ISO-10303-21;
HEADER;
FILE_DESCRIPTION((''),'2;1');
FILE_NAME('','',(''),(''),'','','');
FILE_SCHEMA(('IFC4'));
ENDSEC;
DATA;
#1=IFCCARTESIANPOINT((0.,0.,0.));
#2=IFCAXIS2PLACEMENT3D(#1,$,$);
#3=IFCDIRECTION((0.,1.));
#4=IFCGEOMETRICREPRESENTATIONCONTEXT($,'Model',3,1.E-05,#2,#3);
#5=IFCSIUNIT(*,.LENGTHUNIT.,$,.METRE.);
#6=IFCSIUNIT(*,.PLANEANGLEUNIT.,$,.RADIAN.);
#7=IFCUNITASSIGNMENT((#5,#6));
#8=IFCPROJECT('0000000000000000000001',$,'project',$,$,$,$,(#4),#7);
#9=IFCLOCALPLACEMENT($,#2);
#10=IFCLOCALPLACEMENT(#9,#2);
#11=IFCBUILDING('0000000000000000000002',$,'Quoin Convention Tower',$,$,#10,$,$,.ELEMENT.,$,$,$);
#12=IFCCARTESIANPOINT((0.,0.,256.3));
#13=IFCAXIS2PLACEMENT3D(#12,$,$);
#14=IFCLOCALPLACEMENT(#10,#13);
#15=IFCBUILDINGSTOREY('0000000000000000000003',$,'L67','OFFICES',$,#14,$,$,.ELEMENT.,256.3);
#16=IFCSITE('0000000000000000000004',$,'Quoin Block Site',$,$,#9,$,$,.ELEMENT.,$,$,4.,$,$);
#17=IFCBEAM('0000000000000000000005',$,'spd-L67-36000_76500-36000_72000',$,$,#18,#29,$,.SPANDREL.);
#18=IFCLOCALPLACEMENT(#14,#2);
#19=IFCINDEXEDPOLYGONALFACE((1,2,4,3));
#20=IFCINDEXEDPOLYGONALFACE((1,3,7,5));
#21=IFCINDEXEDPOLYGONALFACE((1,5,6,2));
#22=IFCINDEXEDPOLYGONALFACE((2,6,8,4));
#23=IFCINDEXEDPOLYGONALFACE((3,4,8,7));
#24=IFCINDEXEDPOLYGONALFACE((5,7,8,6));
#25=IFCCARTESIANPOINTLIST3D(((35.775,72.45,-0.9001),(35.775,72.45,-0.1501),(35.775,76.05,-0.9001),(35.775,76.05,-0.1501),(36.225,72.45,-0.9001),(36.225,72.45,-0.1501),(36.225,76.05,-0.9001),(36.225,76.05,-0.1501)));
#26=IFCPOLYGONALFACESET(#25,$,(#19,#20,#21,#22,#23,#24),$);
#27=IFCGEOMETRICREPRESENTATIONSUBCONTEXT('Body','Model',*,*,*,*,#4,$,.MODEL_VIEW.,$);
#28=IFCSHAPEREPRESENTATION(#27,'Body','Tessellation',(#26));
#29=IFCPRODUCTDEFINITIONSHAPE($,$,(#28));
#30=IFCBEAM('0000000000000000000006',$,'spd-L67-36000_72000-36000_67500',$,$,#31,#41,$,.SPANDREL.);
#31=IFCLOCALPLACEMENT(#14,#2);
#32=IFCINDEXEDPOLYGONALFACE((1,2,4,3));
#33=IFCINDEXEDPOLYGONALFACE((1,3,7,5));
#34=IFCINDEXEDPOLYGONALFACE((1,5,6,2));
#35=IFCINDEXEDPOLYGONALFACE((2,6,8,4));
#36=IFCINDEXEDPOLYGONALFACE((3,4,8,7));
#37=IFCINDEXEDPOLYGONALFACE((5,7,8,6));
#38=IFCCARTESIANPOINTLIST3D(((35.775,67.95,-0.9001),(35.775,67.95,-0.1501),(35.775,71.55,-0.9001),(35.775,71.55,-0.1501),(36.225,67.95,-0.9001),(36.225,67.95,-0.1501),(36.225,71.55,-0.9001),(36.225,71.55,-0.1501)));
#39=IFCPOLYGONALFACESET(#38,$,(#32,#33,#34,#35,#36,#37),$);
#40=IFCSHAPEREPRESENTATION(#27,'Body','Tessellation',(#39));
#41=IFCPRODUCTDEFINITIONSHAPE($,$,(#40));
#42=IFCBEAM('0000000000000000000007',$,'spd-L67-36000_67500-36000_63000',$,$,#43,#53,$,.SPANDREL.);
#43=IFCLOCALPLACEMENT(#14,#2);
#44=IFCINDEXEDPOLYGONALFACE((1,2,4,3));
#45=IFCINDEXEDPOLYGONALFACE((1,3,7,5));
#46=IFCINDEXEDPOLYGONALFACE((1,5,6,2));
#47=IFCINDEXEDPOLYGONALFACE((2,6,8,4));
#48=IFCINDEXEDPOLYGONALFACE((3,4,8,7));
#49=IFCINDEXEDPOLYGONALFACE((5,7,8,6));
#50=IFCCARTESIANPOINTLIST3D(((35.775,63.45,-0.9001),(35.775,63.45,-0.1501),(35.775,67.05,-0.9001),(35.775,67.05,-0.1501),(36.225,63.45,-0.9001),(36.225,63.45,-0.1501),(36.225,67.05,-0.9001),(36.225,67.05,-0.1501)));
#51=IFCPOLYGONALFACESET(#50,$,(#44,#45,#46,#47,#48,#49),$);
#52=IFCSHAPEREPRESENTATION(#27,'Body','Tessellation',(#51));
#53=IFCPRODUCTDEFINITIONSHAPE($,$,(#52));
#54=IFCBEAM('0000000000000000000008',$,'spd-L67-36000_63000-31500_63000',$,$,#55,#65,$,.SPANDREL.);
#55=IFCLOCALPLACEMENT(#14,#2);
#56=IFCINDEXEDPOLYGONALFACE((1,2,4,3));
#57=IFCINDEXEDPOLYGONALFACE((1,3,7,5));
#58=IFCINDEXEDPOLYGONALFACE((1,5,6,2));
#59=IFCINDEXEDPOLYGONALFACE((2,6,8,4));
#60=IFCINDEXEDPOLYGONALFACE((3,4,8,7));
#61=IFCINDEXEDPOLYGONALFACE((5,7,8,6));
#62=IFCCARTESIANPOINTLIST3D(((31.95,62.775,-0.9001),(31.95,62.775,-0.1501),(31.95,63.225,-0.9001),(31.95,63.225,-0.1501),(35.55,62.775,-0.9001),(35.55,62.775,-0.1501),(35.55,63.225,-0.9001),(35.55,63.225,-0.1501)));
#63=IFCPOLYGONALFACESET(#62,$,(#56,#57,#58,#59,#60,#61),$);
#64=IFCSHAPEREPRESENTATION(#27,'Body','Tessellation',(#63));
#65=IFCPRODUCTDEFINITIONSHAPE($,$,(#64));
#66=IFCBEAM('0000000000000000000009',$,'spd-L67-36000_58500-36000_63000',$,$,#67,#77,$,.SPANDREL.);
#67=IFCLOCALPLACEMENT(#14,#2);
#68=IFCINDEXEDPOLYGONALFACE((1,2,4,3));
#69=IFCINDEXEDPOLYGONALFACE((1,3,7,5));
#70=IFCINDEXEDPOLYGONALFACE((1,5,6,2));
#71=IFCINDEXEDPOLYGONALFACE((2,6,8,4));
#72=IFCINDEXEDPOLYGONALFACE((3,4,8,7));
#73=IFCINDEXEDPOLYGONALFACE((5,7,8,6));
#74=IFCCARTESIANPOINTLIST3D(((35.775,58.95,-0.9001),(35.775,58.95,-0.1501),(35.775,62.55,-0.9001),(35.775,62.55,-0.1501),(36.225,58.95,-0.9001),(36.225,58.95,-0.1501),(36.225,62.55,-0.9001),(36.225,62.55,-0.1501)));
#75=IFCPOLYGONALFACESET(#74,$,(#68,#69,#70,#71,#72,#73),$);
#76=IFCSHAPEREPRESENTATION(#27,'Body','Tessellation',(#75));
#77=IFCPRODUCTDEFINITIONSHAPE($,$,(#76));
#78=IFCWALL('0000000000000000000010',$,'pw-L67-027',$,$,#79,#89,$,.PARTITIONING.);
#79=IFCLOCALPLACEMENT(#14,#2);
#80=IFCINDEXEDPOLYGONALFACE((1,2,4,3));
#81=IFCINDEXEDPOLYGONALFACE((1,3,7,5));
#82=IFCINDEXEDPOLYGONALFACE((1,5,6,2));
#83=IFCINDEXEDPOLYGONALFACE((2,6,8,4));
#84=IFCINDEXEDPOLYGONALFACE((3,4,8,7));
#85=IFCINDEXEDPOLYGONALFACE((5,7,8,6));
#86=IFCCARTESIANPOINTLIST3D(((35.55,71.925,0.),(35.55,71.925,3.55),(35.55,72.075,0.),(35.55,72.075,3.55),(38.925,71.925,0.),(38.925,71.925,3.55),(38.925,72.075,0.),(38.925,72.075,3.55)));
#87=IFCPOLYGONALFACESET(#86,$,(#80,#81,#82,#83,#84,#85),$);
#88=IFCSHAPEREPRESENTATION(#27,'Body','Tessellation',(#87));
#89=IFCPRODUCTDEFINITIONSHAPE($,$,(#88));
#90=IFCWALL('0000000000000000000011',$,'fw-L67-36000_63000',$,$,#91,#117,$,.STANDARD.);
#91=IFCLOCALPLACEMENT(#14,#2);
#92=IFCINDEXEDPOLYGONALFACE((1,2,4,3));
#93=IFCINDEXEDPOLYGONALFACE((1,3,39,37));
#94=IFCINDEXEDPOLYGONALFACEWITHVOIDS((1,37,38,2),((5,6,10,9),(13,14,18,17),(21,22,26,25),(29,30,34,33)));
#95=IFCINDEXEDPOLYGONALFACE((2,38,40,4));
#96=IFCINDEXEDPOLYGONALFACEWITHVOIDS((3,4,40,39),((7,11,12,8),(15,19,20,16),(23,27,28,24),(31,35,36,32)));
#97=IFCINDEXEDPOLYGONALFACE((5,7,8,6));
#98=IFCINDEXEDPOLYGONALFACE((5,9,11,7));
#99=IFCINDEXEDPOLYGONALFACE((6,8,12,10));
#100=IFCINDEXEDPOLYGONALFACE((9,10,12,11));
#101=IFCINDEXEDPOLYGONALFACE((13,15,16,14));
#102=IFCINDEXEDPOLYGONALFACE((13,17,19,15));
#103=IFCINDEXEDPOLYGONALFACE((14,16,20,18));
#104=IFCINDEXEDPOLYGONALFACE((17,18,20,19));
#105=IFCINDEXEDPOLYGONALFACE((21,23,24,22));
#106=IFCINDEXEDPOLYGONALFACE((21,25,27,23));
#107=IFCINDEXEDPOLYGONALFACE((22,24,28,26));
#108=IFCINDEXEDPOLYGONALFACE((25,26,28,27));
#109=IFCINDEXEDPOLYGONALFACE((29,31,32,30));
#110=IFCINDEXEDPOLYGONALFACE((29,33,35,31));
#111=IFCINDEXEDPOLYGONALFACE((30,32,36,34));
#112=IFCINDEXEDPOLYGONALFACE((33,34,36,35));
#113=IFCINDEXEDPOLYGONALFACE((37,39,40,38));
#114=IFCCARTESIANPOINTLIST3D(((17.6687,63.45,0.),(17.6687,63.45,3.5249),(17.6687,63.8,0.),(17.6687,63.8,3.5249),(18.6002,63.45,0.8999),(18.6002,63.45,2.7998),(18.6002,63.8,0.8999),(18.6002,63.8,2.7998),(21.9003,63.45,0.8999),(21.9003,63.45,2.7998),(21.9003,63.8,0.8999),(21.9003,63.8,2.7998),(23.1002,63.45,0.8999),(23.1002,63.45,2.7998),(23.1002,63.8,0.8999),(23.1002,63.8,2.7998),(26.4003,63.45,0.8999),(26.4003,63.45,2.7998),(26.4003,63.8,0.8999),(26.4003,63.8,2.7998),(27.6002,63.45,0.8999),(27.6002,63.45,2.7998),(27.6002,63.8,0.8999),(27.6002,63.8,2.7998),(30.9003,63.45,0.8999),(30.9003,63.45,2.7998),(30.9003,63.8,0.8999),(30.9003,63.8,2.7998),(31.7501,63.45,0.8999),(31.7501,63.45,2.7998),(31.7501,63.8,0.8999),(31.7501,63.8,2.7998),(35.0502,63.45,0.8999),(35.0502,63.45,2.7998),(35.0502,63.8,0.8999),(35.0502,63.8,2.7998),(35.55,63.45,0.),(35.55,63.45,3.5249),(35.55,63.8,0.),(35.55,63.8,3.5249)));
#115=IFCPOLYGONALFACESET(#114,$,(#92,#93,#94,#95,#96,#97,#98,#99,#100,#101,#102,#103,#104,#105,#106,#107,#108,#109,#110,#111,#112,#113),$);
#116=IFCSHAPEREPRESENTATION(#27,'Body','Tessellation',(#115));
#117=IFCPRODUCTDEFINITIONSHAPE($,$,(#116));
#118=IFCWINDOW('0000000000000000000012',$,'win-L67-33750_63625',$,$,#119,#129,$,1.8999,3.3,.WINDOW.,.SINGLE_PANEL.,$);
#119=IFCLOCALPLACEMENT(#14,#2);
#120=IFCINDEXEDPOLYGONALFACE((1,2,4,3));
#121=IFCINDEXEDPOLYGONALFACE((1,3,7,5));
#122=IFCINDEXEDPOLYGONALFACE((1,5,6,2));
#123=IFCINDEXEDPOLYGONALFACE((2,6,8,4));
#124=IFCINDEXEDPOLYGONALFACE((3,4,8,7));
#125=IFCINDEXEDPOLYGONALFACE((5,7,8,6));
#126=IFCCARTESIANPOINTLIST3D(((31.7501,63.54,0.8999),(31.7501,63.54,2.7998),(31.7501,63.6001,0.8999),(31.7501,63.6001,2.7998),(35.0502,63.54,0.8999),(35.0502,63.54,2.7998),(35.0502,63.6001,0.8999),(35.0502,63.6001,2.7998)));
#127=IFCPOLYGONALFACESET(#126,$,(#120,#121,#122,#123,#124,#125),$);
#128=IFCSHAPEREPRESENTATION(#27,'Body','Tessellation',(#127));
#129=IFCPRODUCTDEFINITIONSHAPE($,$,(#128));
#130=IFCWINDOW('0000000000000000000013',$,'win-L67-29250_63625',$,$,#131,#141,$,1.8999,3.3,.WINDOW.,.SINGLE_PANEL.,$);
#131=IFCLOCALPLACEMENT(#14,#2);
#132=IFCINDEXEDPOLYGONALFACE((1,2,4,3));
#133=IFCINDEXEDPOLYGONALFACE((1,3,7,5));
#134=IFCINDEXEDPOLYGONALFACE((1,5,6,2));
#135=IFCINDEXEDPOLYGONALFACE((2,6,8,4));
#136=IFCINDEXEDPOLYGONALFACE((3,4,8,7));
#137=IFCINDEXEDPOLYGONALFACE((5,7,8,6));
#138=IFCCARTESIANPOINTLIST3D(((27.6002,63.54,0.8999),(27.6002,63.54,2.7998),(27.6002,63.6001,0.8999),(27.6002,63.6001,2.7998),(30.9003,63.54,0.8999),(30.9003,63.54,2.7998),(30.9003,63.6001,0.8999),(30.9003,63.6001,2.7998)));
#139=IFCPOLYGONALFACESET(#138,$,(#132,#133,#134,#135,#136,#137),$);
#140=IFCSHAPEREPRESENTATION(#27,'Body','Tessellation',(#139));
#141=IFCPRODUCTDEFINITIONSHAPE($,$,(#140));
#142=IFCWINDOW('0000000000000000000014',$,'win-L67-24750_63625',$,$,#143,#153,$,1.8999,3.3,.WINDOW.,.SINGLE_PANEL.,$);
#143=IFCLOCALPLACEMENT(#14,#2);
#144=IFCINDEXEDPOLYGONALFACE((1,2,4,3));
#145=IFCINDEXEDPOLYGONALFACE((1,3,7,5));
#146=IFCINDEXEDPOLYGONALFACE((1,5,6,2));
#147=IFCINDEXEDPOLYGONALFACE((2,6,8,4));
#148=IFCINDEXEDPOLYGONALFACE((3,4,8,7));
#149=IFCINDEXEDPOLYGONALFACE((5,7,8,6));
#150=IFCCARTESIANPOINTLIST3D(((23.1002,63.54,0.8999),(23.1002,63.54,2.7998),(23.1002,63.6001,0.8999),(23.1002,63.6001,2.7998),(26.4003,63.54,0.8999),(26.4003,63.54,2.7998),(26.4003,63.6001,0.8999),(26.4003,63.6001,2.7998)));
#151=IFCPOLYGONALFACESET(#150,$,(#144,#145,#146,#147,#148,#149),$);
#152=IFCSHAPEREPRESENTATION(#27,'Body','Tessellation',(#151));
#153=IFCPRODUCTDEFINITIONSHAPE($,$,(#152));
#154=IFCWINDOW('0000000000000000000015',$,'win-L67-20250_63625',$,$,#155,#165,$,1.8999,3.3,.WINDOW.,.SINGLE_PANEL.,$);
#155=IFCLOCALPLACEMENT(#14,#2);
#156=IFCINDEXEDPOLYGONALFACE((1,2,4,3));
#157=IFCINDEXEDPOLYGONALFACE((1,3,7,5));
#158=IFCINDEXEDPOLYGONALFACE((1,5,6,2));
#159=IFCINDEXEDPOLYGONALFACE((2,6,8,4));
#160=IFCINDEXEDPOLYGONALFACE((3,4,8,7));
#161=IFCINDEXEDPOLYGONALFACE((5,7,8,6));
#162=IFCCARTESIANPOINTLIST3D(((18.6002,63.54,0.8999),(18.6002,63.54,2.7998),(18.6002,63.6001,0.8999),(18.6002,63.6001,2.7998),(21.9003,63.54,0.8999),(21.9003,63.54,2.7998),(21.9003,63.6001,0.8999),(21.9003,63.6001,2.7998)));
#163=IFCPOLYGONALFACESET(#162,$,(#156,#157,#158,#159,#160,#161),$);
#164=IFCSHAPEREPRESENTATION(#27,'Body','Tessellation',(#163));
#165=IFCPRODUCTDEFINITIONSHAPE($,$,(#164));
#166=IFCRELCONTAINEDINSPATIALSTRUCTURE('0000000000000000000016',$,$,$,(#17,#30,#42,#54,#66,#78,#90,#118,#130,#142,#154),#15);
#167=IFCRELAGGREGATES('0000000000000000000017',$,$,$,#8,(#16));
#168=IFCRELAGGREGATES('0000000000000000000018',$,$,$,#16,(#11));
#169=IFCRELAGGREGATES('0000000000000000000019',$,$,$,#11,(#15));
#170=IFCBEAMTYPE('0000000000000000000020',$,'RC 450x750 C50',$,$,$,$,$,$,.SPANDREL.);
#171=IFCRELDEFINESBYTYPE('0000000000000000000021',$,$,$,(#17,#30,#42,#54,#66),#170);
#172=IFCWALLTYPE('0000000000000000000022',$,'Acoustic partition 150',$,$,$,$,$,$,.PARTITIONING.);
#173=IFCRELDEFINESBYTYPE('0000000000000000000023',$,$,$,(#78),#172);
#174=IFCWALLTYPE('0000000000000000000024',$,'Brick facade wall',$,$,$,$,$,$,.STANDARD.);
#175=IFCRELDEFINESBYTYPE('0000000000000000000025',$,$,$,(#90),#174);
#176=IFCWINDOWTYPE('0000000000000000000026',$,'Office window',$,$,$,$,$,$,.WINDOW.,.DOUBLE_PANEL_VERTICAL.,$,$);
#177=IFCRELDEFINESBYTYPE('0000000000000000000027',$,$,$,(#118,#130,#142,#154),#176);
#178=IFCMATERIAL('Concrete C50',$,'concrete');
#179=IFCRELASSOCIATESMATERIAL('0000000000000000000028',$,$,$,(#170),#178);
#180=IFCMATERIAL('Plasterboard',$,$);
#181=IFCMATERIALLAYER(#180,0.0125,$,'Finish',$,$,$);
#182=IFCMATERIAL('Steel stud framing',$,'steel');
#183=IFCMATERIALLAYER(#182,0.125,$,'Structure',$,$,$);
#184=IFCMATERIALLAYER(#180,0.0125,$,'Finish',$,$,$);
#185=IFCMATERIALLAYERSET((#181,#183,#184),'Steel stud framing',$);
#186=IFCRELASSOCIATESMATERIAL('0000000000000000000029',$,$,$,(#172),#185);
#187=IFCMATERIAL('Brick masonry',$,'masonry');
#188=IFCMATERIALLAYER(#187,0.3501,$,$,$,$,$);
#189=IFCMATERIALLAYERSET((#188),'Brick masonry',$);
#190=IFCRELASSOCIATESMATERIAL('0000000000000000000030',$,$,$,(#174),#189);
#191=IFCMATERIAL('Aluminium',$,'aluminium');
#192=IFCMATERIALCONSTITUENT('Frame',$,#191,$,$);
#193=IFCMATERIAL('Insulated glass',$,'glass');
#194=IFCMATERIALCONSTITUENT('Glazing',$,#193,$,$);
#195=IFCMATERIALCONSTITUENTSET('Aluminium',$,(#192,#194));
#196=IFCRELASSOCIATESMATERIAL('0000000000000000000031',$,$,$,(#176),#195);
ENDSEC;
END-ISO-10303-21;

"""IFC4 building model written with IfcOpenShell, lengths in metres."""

from ifc_helpers import new_model, si_unit, direction, frame, frame_2d, origin, origin_2d, place, context, subcontext, project, spatial, rectangle, extrude, material, layer, layer_set, constituent, constituent_set, material_profile, profile_set, type_object, element, fill, save


model = new_model("IFC4")

# Units and contexts
model_context = context("Model", 3, precision=1e-05, world=origin(), true_north=direction((0.0, 1.0)))
body_context = subcontext(model_context, "Body", "Model", "MODEL_VIEW")
ifc_project = project(units=[si_unit("LENGTHUNIT", "METRE"), si_unit("PLANEANGLEUNIT", "RADIAN")], contexts=[model_context])

# Site, building, storey
site_placement = place(None, origin())
site = spatial("IfcSite", under=ifc_project, at=site_placement, Name="Quoin Block Site", CompositionType="ELEMENT", RefElevation=4.0)
building_placement = place(site_placement, origin())
building = spatial("IfcBuilding", under=site, at=building_placement, Name="Quoin Convention Tower", CompositionType="ELEMENT")
storey_placement = place(building_placement, frame((0.0, 0.0, 256.3)))
storey = spatial("IfcBuildingStorey", under=building, at=storey_placement, Name="L67", Description="OFFICES", CompositionType="ELEMENT", Elevation=256.3)

# Shared definitions
ifc_material_1 = material(Name="Concrete C50", Category="concrete")

# Beams
ifc_material_profile_1 = material_profile(ifc_material_1, rectangle(XDim=0.45, YDim=0.75, at=origin_2d()), Name="RC 450x750")
ifc_profile_set_1 = profile_set([ifc_material_profile_1], Name="Concrete C50")
beam_type_1 = type_object("IfcBeamType", Name="RC 450x750 C50", PredefinedType="SPANDREL", material=ifc_profile_set_1)
for number, where, z_axis, x_axis, name in (
    (1, (36.0, 76.05, -0.5251), (0.0, -1.0, 0.0), (1.0, 0.0, 0.0), "spd-L67-36000_76500-36000_72000"),
    (2, (36.0, 71.55, -0.5251), (0.0, -1.0, 0.0), (1.0, 0.0, 0.0), "spd-L67-36000_72000-36000_67500"),
    (3, (36.0, 67.05, -0.5251), (0.0, -1.0, 0.0), (1.0, 0.0, 0.0), "spd-L67-36000_67500-36000_63000"),
    (4, (35.55, 63.0, -0.5251), (-1.0, 0.0, 0.0), (0.0, -1.0, 0.0), "spd-L67-36000_63000-31500_63000"),
    (5, (36.0, 58.95, -0.5251), (0.0, 1.0, 0.0), (-1.0, 0.0, 0.0), "spd-L67-36000_58500-36000_63000"),
):
    element("IfcBeam", number, at=place(storey_placement, frame(where, z_axis=z_axis, x_axis=x_axis)), inside=storey, type_object=beam_type_1, Name=name, PredefinedType="SPANDREL", context=body_context, shape_type="SweptSolid", body=[
        extrude(rectangle(XDim=0.45, YDim=0.75, at=origin_2d()), origin(), (0.0, 0.0, 1.0), 3.6001),
    ])

# Wall
ifc_material_2 = material(Name="Plasterboard")
ifc_layer_1 = layer(ifc_material_2, 0.0125, Name="Finish")
ifc_material_3 = material(Name="Steel stud framing", Category="steel")
ifc_layer_2 = layer(ifc_material_3, 0.125, Name="Structure")
ifc_layer_3 = layer(ifc_material_2, 0.0125, Name="Finish")
ifc_layer_set_1 = layer_set([ifc_layer_1, ifc_layer_2, ifc_layer_3], Name="Steel stud framing")
wall_type_1 = type_object("IfcWallType", Name="Acoustic partition 150", PredefinedType="PARTITIONING", material=ifc_layer_set_1)
wall_1_placement = place(storey_placement, frame((35.55, 72.0, 0.0), z_axis=(0.0, 0.0, 1.0), x_axis=(1.0, 0.0, 0.0)))
element("IfcWall", 6, at=wall_1_placement, inside=storey, type_object=wall_type_1, Name="pw-L67-027", PredefinedType="PARTITIONING", context=body_context, shape_type="SweptSolid", body=[
    extrude(rectangle(XDim=3.375, YDim=0.1499, at=frame_2d((1.6875, 0.0))), origin(), (0.0, 0.0, 1.0), 3.55),
])

# Wall, openings, windows
ifc_material_4 = material(Name="Brick masonry", Category="masonry")
ifc_layer_4 = layer(ifc_material_4, 0.3501)
ifc_layer_set_2 = layer_set([ifc_layer_4], Name="Brick masonry")
wall_type_2 = type_object("IfcWallType", Name="Brick facade wall", PredefinedType="STANDARD", material=ifc_layer_set_2)
wall_2_placement = place(storey_placement, frame((35.55, 63.625, 0.0), z_axis=(0.0, 0.0, 1.0), x_axis=(-1.0, 0.0, 0.0)))
wall_2 = element("IfcWall", 7, at=wall_2_placement, inside=storey, type_object=wall_type_2, Name="fw-L67-36000_63000", PredefinedType="STANDARD", context=body_context, shape_type="SweptSolid", body=[
    extrude(rectangle(XDim=17.8813, YDim=0.3501, at=frame_2d((8.9407, 0.0))), origin(), (0.0, 0.0, 1.0), 3.5249),
])
opening_1_placement = place(wall_2_placement, frame((0.5, 0.0, 0.8999)))
opening_1 = element("IfcOpeningElement", 8, at=opening_1_placement, cuts=wall_2, PredefinedType="OPENING", context=body_context, shape_type="SweptSolid", body=[
    extrude(rectangle(XDim=3.3, YDim=1.8999, at=frame_2d((1.6499, 0.95))), frame((0.0, 0.1851, 0.0), z_axis=(0.0, -1.0, 0.0), x_axis=(1.0, 0.0, 0.0)), (0.0, 0.0, 1.0), 0.3701),
])
opening_2_placement = place(wall_2_placement, frame((4.6499, 0.0, 0.8999)))
opening_2 = element("IfcOpeningElement", 9, at=opening_2_placement, cuts=wall_2, PredefinedType="OPENING", context=body_context, shape_type="SweptSolid", body=[
    extrude(rectangle(XDim=3.3, YDim=1.8999, at=frame_2d((1.6499, 0.95))), frame((0.0, 0.1851, 0.0), z_axis=(0.0, -1.0, 0.0), x_axis=(1.0, 0.0, 0.0)), (0.0, 0.0, 1.0), 0.3701),
])
opening_3_placement = place(wall_2_placement, frame((9.1499, 0.0, 0.8999)))
opening_3 = element("IfcOpeningElement", 10, at=opening_3_placement, cuts=wall_2, PredefinedType="OPENING", context=body_context, shape_type="SweptSolid", body=[
    extrude(rectangle(XDim=3.3, YDim=1.8999, at=frame_2d((1.6499, 0.95))), frame((0.0, 0.1851, 0.0), z_axis=(0.0, -1.0, 0.0), x_axis=(1.0, 0.0, 0.0)), (0.0, 0.0, 1.0), 0.3701),
])
opening_4_placement = place(wall_2_placement, frame((13.6499, 0.0, 0.8999)))
opening_4 = element("IfcOpeningElement", 11, at=opening_4_placement, cuts=wall_2, PredefinedType="OPENING", context=body_context, shape_type="SweptSolid", body=[
    extrude(rectangle(XDim=3.3, YDim=1.8999, at=frame_2d((1.6499, 0.95))), frame((0.0, 0.1851, 0.0), z_axis=(0.0, -1.0, 0.0), x_axis=(1.0, 0.0, 0.0)), (0.0, 0.0, 1.0), 0.3701),
])
ifc_material_5 = material(Name="Aluminium", Category="aluminium")
ifc_constituent_1 = constituent(ifc_material_5, Name="Frame")
ifc_material_6 = material(Name="Insulated glass", Category="glass")
ifc_constituent_2 = constituent(ifc_material_6, Name="Glazing")
ifc_constituent_set = constituent_set(constituents=[ifc_constituent_1, ifc_constituent_2], Name="Aluminium")
window_type = type_object("IfcWindowType", Name="Office window", PartitioningType="DOUBLE_PANEL_VERTICAL", PredefinedType="WINDOW", material=ifc_constituent_set)
window_1_placement = place(opening_1_placement, origin())
window_1 = element("IfcWindow", 12, at=window_1_placement, inside=storey, type_object=window_type, Name="win-L67-33750_63625", OverallHeight=1.8999, OverallWidth=3.3, PartitioningType="SINGLE_PANEL", PredefinedType="WINDOW", context=body_context, shape_type="SweptSolid", body=[
    extrude(rectangle(XDim=3.3, YDim=1.8999, at=frame_2d((1.6499, 0.95))), frame((0.0, 0.085, 0.0), z_axis=(0.0, -1.0, 0.0), x_axis=(1.0, 0.0, 0.0)), (0.0, 0.0, 1.0), 0.0601),
])
fill(opening_1, window_1)
window_2_placement = place(opening_2_placement, origin())
window_2 = element("IfcWindow", 13, at=window_2_placement, inside=storey, type_object=window_type, Name="win-L67-29250_63625", OverallHeight=1.8999, OverallWidth=3.3, PartitioningType="SINGLE_PANEL", PredefinedType="WINDOW", context=body_context, shape_type="SweptSolid", body=[
    extrude(rectangle(XDim=3.3, YDim=1.8999, at=frame_2d((1.6499, 0.95))), frame((0.0, 0.085, 0.0), z_axis=(0.0, -1.0, 0.0), x_axis=(1.0, 0.0, 0.0)), (0.0, 0.0, 1.0), 0.0601),
])
fill(opening_2, window_2)
window_3_placement = place(opening_3_placement, origin())
window_3 = element("IfcWindow", 14, at=window_3_placement, inside=storey, type_object=window_type, Name="win-L67-24750_63625", OverallHeight=1.8999, OverallWidth=3.3, PartitioningType="SINGLE_PANEL", PredefinedType="WINDOW", context=body_context, shape_type="SweptSolid", body=[
    extrude(rectangle(XDim=3.3, YDim=1.8999, at=frame_2d((1.6499, 0.95))), frame((0.0, 0.085, 0.0), z_axis=(0.0, -1.0, 0.0), x_axis=(1.0, 0.0, 0.0)), (0.0, 0.0, 1.0), 0.0601),
])
fill(opening_3, window_3)
window_4_placement = place(opening_4_placement, origin())
window_4 = element("IfcWindow", 15, at=window_4_placement, inside=storey, type_object=window_type, Name="win-L67-20250_63625", OverallHeight=1.8999, OverallWidth=3.3, PartitioningType="SINGLE_PANEL", PredefinedType="WINDOW", context=body_context, shape_type="SweptSolid", body=[
    extrude(rectangle(XDim=3.3, YDim=1.8999, at=frame_2d((1.6499, 0.95))), frame((0.0, 0.085, 0.0), z_axis=(0.0, -1.0, 0.0), x_axis=(1.0, 0.0, 0.0)), (0.0, 0.0, 1.0), 0.0601),
])
fill(opening_4, window_4)

save(model, "model.ifc")
